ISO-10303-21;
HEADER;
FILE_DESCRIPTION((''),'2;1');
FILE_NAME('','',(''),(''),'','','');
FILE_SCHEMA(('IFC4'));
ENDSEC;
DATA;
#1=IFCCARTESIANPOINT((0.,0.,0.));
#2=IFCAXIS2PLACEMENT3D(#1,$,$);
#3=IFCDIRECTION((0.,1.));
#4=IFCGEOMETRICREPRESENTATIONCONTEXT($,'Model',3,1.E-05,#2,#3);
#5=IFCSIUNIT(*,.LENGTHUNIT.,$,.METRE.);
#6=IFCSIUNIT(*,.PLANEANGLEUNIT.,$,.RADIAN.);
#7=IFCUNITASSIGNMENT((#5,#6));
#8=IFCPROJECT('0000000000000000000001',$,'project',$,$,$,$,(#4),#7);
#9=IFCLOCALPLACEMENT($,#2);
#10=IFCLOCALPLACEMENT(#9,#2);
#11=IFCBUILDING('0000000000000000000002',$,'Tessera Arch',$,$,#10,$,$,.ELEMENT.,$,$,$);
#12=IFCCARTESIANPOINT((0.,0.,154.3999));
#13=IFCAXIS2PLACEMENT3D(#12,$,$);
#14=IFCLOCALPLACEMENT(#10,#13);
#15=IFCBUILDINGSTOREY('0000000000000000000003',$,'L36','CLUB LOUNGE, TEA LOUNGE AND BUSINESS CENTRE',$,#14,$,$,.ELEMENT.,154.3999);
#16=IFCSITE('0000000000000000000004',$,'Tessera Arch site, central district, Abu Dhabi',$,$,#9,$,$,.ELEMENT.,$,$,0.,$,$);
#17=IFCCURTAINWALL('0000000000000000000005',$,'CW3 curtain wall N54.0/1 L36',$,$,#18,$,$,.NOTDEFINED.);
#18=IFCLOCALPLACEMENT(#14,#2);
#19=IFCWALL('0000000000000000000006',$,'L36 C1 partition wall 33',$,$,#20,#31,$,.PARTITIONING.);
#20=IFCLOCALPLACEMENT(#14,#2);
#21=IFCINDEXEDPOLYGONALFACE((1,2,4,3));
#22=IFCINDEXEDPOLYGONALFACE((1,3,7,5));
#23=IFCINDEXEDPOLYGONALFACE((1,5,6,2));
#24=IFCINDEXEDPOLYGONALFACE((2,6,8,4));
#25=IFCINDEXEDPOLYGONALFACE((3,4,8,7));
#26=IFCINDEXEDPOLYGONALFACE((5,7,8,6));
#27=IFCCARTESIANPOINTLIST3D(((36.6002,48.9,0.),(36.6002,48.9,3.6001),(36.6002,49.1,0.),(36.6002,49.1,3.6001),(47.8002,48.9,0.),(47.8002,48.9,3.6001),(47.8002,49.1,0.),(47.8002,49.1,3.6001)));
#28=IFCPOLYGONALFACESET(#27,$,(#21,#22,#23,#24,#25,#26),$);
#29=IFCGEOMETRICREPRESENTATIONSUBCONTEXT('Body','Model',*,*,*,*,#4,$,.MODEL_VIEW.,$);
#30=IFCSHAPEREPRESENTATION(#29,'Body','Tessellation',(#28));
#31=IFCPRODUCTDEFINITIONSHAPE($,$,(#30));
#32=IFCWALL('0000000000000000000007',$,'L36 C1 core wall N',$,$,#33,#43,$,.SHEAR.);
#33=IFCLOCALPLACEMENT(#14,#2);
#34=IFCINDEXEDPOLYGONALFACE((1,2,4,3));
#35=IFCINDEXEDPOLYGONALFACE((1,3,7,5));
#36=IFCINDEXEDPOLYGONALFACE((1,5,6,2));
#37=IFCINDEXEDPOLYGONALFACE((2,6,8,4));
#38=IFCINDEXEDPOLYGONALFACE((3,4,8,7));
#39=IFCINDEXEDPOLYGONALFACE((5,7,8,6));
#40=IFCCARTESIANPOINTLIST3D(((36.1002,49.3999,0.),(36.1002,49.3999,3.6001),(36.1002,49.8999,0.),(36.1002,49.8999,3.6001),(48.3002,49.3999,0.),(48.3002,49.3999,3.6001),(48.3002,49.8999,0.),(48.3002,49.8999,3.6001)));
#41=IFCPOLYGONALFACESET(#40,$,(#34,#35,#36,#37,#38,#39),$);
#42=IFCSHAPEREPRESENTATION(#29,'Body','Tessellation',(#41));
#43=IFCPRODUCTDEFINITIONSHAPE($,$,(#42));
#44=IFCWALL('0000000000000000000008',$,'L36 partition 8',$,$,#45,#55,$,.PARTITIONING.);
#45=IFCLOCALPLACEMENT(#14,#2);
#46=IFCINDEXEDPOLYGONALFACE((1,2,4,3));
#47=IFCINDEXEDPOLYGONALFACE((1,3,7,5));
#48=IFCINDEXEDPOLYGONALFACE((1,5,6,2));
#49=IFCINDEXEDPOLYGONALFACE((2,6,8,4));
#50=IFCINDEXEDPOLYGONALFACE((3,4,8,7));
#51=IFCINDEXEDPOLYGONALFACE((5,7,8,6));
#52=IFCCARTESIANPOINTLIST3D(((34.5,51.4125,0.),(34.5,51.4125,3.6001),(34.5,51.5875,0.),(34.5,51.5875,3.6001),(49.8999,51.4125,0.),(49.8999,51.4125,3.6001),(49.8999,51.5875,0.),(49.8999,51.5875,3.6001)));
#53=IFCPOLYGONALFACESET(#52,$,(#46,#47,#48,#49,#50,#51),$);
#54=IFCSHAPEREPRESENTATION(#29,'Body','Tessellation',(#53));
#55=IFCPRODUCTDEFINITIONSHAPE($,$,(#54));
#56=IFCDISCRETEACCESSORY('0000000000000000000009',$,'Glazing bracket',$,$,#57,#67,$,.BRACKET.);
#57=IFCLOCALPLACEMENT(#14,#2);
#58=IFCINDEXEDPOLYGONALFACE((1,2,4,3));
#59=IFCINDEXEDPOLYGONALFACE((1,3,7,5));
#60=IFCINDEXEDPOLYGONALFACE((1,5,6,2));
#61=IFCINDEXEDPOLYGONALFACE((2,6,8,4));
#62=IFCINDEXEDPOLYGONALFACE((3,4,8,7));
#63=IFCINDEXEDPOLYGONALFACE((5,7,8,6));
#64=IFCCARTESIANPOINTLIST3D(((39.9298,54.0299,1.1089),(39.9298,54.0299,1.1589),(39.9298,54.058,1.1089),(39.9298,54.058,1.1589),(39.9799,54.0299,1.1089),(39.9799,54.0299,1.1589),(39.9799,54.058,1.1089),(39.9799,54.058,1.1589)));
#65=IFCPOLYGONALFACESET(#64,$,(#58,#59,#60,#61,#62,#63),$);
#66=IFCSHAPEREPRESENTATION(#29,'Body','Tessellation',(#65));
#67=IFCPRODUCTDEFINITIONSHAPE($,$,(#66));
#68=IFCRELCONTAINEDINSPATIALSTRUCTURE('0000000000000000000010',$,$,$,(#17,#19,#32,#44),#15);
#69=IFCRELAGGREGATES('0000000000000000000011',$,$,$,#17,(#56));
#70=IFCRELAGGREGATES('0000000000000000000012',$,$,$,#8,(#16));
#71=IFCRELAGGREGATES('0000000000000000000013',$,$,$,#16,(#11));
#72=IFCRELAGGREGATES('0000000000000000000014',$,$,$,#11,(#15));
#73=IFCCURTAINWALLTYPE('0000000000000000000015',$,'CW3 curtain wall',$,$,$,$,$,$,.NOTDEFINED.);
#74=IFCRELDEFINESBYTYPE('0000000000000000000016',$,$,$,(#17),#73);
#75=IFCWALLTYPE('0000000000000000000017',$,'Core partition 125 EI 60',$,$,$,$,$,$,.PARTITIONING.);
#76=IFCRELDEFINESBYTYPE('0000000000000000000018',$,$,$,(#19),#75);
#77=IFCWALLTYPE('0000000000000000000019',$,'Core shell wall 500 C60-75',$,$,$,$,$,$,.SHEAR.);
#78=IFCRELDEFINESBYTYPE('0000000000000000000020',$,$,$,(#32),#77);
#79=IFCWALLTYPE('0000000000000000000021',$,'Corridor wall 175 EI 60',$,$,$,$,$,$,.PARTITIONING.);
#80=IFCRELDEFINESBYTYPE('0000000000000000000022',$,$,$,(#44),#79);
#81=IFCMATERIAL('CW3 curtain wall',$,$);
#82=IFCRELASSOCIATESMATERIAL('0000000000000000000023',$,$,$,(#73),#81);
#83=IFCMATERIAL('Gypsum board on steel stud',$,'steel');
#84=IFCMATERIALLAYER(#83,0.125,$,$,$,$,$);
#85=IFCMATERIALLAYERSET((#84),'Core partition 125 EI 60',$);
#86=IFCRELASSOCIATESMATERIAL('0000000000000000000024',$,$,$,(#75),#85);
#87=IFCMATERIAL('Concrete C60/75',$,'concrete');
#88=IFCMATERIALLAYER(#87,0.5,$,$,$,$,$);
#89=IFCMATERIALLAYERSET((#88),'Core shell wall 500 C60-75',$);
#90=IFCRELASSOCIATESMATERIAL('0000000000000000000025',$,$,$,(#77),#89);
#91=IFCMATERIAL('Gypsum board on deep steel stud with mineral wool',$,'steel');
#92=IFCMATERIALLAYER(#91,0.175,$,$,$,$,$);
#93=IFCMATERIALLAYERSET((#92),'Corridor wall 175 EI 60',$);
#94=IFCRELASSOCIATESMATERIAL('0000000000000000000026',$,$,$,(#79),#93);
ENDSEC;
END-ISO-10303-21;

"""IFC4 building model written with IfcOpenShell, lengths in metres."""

from ifc_helpers import new_model, si_unit, direction, frame, frame_2d, origin, origin_2d, place, context, subcontext, project, spatial, rectangle, extrude, material, layer, layer_set, type_object, element, aggregate, save


model = new_model("IFC4")

# Units and contexts
model_context = context("Model", 3, precision=1e-05, world=origin(), true_north=direction((0.0, 1.0)))
body_context = subcontext(model_context, "Body", "Model", "MODEL_VIEW")
ifc_project = project(units=[si_unit("LENGTHUNIT", "METRE"), si_unit("PLANEANGLEUNIT", "RADIAN")], contexts=[model_context])

# Site, building, storey
site_placement = place(None, origin())
site = spatial("IfcSite", under=ifc_project, at=site_placement, Name="Tessera Arch site, central district, Abu Dhabi", CompositionType="ELEMENT", RefElevation=0.0)
building_placement = place(site_placement, origin())
building = spatial("IfcBuilding", under=site, at=building_placement, Name="Tessera Arch", CompositionType="ELEMENT")
storey_placement = place(building_placement, frame((0.0, 0.0, 154.3999)))
storey = spatial("IfcBuildingStorey", under=building, at=storey_placement, Name="L36", Description="CLUB LOUNGE, TEA LOUNGE AND BUSINESS CENTRE", CompositionType="ELEMENT", Elevation=154.3999)

# Shared definitions
ifc_material_1 = material(Name="CW3 curtain wall")
curtain_wall_type_1 = type_object("IfcCurtainWallType", Name="CW3 curtain wall", PredefinedType="NOTDEFINED", material=ifc_material_1)

# Curtain wall
curtain_wall_1_placement = place(storey_placement, origin())
curtain_wall_1 = element("IfcCurtainWall", 1, at=curtain_wall_1_placement, inside=storey, type_object=curtain_wall_type_1, Name="CW3 curtain wall N54.0/1 L36", PredefinedType="NOTDEFINED")

# Walls
ifc_material_2 = material(Name="Gypsum board on steel stud", Category="steel")
ifc_layer_1 = layer(ifc_material_2, 0.125)
ifc_layer_set_1 = layer_set([ifc_layer_1], Name="Core partition 125 EI 60")
wall_type_1 = type_object("IfcWallType", Name="Core partition 125 EI 60", PredefinedType="PARTITIONING", material=ifc_layer_set_1)
wall_1_placement = place(storey_placement, frame((36.6001, 49.0, 0.0), z_axis=(0.0, 0.0, 1.0), x_axis=(1.0, 0.0, 0.0)))
element("IfcWall", 2, at=wall_1_placement, inside=storey, type_object=wall_type_1, Name="L36 C1 partition wall 33", PredefinedType="PARTITIONING", context=body_context, shape_type="SweptSolid", body=[
    extrude(rectangle(XDim=11.2, YDim=0.2, at=frame_2d((5.6001, 0.0))), origin(), (0.0, 0.0, 1.0), 3.6001),
])
ifc_material_3 = material(Name="Concrete C60/75", Category="concrete")
ifc_layer_2 = layer(ifc_material_3, 0.5)
ifc_layer_set_2 = layer_set([ifc_layer_2], Name="Core shell wall 500 C60-75")
wall_type_2 = type_object("IfcWallType", Name="Core shell wall 500 C60-75", PredefinedType="SHEAR", material=ifc_layer_set_2)
wall_2_placement = place(storey_placement, frame((36.1001, 49.6499, 0.0), z_axis=(0.0, 0.0, 1.0), x_axis=(1.0, 0.0, 0.0)))
element("IfcWall", 3, at=wall_2_placement, inside=storey, type_object=wall_type_2, Name="L36 C1 core wall N", PredefinedType="SHEAR", context=body_context, shape_type="SweptSolid", body=[
    extrude(rectangle(XDim=12.2, YDim=0.5, at=frame_2d((6.1001, 0.0))), origin(), (0.0, 0.0, 1.0), 3.6001),
])
ifc_material_4 = material(Name="Gypsum board on deep steel stud with mineral wool", Category="steel")
ifc_layer_3 = layer(ifc_material_4, 0.175)
ifc_layer_set_3 = layer_set([ifc_layer_3], Name="Corridor wall 175 EI 60")
wall_type_3 = type_object("IfcWallType", Name="Corridor wall 175 EI 60", PredefinedType="PARTITIONING", material=ifc_layer_set_3)
wall_3_placement = place(storey_placement, frame((34.5, 51.5, 0.0), z_axis=(0.0, 0.0, 1.0), x_axis=(1.0, 0.0, 0.0)))
element("IfcWall", 4, at=wall_3_placement, inside=storey, type_object=wall_type_3, Name="L36 partition 8", PredefinedType="PARTITIONING", context=body_context, shape_type="SweptSolid", body=[
    extrude(rectangle(XDim=15.3999, YDim=0.175, at=frame_2d((7.7, 0.0))), origin(), (0.0, 0.0, 1.0), 3.6001),
])

# Discrete accessory
discrete_accessory_placement = place(storey_placement, frame((39.9548, 54.0439, 1.1089), z_axis=(0.0, 0.0, 1.0), x_axis=(-1.0, 0.0, 0.0)))
discrete_accessory = element("IfcDiscreteAccessory", 5, at=discrete_accessory_placement, Name="Glazing bracket", PredefinedType="BRACKET", context=body_context, shape_type="SweptSolid", body=[
    extrude(rectangle(XDim=0.05, YDim=0.0281, at=origin_2d()), origin(), (0.0, 0.0, 1.0), 0.05),
])
aggregate(curtain_wall_1, [discrete_accessory])

save(model, "model.ifc")
